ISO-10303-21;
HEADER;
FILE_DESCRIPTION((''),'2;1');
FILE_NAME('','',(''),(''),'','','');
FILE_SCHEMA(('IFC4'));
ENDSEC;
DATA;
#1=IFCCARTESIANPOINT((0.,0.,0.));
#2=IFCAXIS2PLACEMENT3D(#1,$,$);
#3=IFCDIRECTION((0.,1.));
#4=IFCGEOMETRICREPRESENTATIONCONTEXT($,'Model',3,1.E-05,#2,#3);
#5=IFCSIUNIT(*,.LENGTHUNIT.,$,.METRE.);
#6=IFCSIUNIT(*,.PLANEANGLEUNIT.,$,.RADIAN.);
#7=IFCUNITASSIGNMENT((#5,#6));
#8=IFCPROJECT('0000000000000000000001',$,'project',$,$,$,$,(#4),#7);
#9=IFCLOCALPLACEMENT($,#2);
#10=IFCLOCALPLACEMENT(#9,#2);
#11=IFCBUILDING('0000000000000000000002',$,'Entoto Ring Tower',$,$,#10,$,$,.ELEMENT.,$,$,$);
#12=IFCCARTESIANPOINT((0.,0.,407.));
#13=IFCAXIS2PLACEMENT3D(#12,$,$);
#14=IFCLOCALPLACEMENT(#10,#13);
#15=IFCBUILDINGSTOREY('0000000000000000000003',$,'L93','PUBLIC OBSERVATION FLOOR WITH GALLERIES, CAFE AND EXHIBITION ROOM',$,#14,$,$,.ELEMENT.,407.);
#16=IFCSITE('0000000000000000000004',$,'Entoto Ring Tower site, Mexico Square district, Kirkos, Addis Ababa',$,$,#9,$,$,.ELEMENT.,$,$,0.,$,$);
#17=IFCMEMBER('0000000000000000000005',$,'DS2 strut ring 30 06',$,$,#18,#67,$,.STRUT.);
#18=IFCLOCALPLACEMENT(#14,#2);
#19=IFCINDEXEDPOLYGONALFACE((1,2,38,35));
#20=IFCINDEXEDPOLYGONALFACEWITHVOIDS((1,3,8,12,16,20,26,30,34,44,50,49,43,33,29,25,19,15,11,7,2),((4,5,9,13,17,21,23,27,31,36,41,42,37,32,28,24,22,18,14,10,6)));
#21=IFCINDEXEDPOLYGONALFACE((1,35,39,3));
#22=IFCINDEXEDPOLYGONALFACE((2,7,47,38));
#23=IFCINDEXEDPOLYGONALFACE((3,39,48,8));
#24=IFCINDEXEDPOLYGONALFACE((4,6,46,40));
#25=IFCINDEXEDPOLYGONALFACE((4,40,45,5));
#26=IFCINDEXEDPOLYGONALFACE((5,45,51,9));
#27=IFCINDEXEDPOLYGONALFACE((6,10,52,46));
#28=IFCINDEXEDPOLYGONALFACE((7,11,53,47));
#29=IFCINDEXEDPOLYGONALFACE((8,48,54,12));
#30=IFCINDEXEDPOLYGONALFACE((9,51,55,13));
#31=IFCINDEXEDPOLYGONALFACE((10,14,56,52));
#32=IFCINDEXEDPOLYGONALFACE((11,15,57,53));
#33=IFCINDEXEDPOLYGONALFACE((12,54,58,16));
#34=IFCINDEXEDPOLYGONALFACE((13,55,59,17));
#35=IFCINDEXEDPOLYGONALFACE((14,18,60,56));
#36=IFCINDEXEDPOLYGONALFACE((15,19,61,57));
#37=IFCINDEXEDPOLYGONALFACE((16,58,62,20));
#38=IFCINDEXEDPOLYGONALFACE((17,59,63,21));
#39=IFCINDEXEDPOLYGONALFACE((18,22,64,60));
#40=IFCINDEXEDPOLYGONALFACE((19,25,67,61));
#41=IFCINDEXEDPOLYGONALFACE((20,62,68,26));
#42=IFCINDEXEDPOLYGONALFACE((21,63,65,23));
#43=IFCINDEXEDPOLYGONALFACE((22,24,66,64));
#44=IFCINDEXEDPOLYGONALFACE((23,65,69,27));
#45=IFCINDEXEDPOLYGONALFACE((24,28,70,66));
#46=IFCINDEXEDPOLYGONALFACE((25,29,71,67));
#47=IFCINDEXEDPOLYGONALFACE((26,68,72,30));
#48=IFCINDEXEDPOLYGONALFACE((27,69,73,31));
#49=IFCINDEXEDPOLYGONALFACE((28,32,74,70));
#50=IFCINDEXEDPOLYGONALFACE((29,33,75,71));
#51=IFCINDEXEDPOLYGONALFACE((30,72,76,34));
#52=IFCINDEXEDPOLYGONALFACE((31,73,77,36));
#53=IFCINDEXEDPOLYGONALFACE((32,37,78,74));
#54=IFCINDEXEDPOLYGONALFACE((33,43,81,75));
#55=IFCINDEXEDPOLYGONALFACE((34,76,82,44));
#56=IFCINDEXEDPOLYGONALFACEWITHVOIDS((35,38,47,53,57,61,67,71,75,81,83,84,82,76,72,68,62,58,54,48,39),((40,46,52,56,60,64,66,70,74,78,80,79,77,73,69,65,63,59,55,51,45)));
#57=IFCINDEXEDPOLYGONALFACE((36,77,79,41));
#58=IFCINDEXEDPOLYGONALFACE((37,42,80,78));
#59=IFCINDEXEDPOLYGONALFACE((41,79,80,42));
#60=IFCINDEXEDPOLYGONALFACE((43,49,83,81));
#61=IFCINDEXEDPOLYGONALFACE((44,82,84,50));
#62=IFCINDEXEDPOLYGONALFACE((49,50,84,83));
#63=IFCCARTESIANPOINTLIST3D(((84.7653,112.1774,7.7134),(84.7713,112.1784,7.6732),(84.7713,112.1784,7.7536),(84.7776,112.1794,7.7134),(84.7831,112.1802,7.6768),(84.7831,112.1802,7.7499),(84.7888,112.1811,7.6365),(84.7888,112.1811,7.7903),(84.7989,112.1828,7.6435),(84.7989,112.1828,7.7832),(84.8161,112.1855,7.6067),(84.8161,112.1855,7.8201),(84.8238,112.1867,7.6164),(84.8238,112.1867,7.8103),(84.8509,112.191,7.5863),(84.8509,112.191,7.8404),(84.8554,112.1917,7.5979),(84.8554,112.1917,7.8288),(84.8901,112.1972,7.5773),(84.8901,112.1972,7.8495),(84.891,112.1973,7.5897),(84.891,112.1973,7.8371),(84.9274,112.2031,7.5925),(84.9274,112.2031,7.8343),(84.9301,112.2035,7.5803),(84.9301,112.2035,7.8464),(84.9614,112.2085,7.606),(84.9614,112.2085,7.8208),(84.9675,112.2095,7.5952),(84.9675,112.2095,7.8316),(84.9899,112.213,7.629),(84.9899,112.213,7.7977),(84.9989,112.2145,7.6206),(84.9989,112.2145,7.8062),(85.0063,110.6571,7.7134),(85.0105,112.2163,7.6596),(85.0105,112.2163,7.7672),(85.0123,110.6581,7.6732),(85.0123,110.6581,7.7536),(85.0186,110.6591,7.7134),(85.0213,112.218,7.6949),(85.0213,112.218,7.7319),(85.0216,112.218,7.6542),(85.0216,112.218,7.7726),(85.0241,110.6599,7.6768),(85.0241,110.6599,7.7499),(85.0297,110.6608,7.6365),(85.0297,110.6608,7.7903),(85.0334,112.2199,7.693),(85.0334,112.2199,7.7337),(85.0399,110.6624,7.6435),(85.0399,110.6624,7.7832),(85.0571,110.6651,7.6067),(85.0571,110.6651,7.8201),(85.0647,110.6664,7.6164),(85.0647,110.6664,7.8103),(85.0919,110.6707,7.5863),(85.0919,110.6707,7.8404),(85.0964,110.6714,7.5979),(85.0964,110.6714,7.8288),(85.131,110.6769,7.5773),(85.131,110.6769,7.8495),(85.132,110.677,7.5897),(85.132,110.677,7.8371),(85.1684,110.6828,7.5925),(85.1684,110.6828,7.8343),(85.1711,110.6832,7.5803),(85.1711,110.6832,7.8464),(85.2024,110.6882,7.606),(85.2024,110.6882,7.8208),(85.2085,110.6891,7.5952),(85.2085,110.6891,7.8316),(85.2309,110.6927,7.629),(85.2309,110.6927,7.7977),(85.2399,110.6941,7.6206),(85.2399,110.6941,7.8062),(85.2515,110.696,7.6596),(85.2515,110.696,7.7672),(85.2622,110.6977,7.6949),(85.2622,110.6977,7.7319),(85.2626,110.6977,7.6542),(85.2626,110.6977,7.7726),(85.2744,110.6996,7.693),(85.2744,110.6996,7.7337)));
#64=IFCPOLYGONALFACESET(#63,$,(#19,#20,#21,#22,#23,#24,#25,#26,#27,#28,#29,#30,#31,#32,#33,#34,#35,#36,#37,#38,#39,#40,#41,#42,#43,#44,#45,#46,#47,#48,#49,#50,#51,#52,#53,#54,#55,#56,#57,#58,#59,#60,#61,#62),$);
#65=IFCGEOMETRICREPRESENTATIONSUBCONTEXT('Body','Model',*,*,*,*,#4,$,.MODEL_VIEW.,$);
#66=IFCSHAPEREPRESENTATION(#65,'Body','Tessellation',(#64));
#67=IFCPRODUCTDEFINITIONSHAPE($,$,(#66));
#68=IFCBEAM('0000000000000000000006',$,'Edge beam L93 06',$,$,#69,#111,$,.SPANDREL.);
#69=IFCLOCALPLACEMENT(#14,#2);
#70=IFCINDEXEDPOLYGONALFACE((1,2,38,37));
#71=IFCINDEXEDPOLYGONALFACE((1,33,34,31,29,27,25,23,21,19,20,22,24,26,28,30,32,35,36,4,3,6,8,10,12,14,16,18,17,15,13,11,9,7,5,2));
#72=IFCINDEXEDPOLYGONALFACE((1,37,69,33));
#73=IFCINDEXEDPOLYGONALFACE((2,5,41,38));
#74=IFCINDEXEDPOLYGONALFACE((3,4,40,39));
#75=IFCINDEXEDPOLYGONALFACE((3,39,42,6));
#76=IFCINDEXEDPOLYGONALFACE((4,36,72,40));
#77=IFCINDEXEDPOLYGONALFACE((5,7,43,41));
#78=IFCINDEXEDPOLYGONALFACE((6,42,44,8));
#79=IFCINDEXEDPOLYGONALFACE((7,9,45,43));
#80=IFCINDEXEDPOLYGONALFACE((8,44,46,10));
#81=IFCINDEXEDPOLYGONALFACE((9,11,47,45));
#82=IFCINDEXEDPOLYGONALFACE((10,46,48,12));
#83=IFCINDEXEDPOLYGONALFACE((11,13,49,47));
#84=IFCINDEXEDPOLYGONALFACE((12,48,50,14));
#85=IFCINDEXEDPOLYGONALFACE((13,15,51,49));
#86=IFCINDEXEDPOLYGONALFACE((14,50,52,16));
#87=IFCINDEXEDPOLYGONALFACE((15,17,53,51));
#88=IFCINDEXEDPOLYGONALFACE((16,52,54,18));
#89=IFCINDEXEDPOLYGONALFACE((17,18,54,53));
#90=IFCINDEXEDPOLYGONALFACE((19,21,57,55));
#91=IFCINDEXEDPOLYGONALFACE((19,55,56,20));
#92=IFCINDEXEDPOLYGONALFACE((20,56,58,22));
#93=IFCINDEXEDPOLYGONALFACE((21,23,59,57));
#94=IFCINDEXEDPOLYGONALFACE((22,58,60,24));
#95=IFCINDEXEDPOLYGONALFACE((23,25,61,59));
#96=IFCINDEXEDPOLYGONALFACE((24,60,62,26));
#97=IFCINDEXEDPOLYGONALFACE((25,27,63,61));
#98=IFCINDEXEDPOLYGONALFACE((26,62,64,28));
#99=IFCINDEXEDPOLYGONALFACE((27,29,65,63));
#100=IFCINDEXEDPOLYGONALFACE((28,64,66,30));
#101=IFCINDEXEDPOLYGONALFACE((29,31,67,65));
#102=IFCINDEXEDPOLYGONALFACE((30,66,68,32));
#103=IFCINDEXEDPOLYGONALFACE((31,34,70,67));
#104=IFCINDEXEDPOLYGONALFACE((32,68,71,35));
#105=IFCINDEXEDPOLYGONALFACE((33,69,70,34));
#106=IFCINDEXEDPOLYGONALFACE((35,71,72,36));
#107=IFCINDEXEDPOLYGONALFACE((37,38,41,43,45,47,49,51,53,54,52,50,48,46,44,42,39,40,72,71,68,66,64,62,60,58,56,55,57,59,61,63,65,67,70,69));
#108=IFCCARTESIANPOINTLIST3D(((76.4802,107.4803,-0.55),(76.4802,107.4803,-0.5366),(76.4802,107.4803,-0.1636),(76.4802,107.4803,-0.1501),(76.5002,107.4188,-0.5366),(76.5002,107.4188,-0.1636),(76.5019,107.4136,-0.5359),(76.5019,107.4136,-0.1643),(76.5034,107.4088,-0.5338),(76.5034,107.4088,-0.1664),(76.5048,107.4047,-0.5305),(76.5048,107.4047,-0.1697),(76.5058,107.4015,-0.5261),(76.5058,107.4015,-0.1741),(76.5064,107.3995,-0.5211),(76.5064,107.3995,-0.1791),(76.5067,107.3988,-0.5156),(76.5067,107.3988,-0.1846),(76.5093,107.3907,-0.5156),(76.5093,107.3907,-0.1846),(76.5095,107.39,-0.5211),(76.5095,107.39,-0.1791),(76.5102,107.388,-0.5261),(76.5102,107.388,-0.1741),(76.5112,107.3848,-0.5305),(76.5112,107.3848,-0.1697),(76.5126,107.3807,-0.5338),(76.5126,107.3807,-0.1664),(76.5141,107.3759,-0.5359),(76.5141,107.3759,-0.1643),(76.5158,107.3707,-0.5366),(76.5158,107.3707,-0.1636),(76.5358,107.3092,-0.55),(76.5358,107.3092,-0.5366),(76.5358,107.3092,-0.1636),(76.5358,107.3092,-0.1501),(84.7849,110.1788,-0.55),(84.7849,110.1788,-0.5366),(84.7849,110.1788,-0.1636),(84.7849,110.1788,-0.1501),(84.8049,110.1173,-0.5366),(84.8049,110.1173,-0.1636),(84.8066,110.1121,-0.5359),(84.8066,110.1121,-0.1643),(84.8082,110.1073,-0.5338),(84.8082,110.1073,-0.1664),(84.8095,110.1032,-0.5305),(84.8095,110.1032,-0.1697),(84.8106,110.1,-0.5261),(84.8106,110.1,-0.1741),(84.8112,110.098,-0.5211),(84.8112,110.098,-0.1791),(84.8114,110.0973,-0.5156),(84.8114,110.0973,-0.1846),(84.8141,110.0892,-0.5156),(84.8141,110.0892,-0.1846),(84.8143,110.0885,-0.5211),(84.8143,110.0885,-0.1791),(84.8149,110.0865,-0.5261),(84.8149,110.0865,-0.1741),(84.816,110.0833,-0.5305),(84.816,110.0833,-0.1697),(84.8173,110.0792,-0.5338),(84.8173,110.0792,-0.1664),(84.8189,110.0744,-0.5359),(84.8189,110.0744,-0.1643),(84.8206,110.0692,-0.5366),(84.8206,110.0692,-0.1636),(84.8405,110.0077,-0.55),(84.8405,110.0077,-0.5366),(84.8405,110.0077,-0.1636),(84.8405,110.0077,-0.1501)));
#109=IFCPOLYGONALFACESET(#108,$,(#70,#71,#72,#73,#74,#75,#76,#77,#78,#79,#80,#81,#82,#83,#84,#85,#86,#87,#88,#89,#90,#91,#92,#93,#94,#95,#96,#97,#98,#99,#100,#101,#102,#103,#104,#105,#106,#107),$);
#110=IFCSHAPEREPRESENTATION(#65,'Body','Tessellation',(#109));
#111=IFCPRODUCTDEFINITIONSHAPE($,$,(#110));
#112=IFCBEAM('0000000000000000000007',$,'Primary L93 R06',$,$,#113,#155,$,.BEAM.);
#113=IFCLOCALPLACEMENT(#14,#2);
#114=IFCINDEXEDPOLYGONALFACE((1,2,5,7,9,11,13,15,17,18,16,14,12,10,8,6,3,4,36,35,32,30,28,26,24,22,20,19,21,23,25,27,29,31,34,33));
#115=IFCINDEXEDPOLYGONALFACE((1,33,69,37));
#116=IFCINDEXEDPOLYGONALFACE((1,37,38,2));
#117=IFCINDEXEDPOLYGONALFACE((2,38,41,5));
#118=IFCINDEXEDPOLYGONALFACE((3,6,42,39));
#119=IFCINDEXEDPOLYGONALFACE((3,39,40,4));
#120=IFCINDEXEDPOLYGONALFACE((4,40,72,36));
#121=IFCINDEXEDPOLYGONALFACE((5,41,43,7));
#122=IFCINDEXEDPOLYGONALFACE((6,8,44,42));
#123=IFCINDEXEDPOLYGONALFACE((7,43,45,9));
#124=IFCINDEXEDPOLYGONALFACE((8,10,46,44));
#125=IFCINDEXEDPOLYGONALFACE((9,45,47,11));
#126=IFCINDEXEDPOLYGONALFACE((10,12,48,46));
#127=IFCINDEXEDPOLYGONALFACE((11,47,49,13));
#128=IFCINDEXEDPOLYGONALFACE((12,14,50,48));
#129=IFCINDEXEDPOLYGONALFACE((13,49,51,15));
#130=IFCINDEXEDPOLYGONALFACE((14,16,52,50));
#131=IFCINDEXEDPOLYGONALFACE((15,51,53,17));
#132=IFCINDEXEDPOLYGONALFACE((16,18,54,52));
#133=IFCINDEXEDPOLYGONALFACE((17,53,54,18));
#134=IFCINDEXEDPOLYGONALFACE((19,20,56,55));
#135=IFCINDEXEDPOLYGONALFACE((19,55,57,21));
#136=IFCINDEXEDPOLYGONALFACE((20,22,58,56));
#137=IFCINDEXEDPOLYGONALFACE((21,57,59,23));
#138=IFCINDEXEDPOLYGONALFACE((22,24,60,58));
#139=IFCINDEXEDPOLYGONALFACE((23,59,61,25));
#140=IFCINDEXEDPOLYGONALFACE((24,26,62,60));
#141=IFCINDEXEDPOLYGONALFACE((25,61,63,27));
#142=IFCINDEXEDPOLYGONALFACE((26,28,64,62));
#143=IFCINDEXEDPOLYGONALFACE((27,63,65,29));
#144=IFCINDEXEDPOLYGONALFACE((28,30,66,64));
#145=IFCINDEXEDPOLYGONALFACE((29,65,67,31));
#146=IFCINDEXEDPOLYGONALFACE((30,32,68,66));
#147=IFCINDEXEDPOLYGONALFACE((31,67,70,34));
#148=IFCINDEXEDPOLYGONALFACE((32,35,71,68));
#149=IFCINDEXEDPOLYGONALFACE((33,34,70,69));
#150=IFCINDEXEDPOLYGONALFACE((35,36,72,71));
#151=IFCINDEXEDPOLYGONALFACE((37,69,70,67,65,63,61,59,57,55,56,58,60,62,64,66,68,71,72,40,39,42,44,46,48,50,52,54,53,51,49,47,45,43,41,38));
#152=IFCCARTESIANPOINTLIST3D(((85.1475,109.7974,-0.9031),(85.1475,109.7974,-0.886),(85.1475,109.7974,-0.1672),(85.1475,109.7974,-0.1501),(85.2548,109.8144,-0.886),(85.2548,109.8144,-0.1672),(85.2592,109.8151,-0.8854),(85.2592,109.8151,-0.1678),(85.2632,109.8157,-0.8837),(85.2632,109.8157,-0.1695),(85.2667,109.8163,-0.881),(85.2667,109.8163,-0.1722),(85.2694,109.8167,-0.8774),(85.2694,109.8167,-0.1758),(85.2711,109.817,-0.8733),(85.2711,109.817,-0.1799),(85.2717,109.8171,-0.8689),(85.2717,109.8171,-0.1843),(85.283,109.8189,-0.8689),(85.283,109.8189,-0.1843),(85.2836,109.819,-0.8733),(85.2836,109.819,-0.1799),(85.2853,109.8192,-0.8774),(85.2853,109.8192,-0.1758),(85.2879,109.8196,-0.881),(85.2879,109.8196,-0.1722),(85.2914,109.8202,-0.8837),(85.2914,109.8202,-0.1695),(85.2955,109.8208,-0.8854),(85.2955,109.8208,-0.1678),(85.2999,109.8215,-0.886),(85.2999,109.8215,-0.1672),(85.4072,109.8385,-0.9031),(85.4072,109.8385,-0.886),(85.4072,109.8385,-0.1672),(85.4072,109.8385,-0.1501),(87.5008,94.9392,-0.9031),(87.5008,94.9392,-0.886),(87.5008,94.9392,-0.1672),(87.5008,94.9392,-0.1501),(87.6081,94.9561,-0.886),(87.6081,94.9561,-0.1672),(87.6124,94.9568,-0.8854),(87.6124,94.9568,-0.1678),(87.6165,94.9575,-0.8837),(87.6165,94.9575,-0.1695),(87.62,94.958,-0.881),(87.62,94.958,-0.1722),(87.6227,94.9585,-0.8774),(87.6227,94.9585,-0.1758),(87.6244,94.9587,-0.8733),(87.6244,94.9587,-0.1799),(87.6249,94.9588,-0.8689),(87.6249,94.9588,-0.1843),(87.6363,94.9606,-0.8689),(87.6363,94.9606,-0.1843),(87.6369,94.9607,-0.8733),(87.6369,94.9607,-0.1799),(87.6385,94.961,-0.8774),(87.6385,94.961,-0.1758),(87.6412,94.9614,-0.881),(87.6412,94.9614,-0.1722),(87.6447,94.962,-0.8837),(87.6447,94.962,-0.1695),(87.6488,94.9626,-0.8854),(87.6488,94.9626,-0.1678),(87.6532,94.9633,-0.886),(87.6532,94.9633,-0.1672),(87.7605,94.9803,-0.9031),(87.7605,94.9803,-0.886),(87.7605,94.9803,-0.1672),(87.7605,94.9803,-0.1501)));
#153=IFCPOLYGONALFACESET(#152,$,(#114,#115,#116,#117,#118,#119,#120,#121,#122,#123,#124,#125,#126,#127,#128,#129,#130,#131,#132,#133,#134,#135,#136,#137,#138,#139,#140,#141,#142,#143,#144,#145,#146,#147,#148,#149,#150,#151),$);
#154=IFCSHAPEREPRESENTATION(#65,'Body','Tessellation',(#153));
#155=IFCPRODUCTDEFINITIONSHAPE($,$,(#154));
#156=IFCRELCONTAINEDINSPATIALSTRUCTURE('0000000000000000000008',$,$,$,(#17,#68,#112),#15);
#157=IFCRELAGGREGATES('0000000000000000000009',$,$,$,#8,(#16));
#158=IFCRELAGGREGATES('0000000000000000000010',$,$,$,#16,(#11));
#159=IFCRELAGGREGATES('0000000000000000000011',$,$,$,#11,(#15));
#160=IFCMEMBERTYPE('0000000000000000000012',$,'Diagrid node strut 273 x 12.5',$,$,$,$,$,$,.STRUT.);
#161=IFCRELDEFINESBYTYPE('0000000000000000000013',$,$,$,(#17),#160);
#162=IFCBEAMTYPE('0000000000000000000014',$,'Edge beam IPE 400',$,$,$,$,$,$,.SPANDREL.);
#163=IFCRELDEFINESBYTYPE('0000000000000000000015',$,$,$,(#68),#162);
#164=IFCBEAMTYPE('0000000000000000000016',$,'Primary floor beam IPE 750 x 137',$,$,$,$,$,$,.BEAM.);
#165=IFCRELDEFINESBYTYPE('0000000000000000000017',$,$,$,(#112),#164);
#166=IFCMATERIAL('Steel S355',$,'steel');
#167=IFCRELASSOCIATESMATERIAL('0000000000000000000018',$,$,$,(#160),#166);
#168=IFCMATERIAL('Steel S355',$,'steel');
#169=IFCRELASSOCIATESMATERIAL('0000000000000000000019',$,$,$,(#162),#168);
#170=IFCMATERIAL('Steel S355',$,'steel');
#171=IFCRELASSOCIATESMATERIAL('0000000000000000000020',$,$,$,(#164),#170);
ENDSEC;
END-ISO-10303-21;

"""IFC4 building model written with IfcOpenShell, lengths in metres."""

from ifc_helpers import new_model, si_unit, direction, frame, origin, origin_2d, place, context, subcontext, project, spatial, circle, hollow_circle, i_section, extrude, material, material_profile, profile_set, type_object, element, save


model = new_model("IFC4")

# Units and contexts
model_context = context("Model", 3, precision=1e-05, world=origin(), true_north=direction((0.0, 1.0)))
body_context = subcontext(model_context, "Body", "Model", "MODEL_VIEW")
ifc_project = project(units=[si_unit("LENGTHUNIT", "METRE"), si_unit("PLANEANGLEUNIT", "RADIAN")], contexts=[model_context])

# Site, building, storey
site_placement = place(None, origin())
site = spatial("IfcSite", under=ifc_project, at=site_placement, Name="Entoto Ring Tower site, Mexico Square district, Kirkos, Addis Ababa", CompositionType="ELEMENT", RefElevation=0.0)
building_placement = place(site_placement, origin())
building = spatial("IfcBuilding", under=site, at=building_placement, Name="Entoto Ring Tower", CompositionType="ELEMENT")
storey_placement = place(building_placement, frame((0.0, 0.0, 407.0)))
storey = spatial("IfcBuildingStorey", under=building, at=storey_placement, Name="L93", Description="PUBLIC OBSERVATION FLOOR WITH GALLERIES, CAFE AND EXHIBITION ROOM", CompositionType="ELEMENT", Elevation=407.0)

# Member
ifc_material_1 = material(Name="Steel S355", Category="steel")
ifc_material_profile_1 = material_profile(ifc_material_1, hollow_circle(Radius=0.1365, WallThickness=0.0125, at=origin_2d()), Name="CHS 273 x 12.5")
ifc_material_2 = material(Name="Concrete C60/75", Category="concrete")
ifc_material_profile_2 = material_profile(ifc_material_2, circle(Radius=0.124, at=origin_2d()), Name="Concrete C60/75 infill")
ifc_profile_set_1 = profile_set([ifc_material_profile_1, ifc_material_profile_2], Name="Steel S355")
member_type = type_object("IfcMemberType", Name="Diagrid node strut 273 x 12.5", PredefinedType="STRUT", material=ifc_profile_set_1)
member_placement = place(storey_placement, frame((85.1411, 110.6785, 7.7134), z_axis=(-0.156549, 0.98767, 0.0), x_axis=(-0.98767, -0.156549, 0.0)))
element("IfcMember", 1, at=member_placement, inside=storey, type_object=member_type, Name="DS2 strut ring 30 06", PredefinedType="STRUT", context=body_context, shape_type="SweptSolid", body=[
    extrude(hollow_circle(Radius=0.1365, WallThickness=0.0125, at=origin_2d()), origin(), (0.0, 0.0, 1.0), 1.5393),
])

# Beams
ifc_material_3 = material(Name="Steel S355", Category="steel")
ifc_material_profile_3 = material_profile(ifc_material_3, i_section(OverallWidth=0.1799, OverallDepth=0.3999, WebThickness=0.0085, FlangeThickness=0.0134, FilletRadius=0.021, at=origin_2d()), Name="IPE 400")
ifc_profile_set_2 = profile_set([ifc_material_profile_3], Name="Steel S355")
beam_type_1 = type_object("IfcBeamType", Name="Edge beam IPE 400", PredefinedType="SPANDREL", material=ifc_profile_set_2)
beam_1_placement = place(storey_placement, frame((84.8127, 110.0933, -0.3501), z_axis=(-0.951052, -0.30903, 0.0), x_axis=(0.30903, -0.951052, 0.0)))
element("IfcBeam", 2, at=beam_1_placement, inside=storey, type_object=beam_type_1, Name="Edge beam L93 06", PredefinedType="SPANDREL", context=body_context, shape_type="SweptSolid", body=[
    extrude(i_section(OverallWidth=0.1799, OverallDepth=0.3999, WebThickness=0.0085, FlangeThickness=0.0134, FilletRadius=0.021, at=origin_2d()), origin(), (0.0, 0.0, 1.0), 8.7322),
])
ifc_material_4 = material(Name="Steel S355", Category="steel")
ifc_material_profile_4 = material_profile(ifc_material_4, i_section(OverallWidth=0.2629, OverallDepth=0.7529, WebThickness=0.0115, FlangeThickness=0.0171, FilletRadius=0.0171, at=origin_2d()), Name="IPE 750 x 137")
ifc_profile_set_3 = profile_set([ifc_material_profile_4], Name="Steel S355")
beam_type_2 = type_object("IfcBeamType", Name="Primary floor beam IPE 750 x 137", PredefinedType="BEAM", material=ifc_profile_set_3)
beam_2_placement = place(storey_placement, frame((87.6306, 94.9597, -0.5266), z_axis=(-0.156433, 0.987689, 0.0), x_axis=(-0.987689, -0.156433, 0.0)))
element("IfcBeam", 3, at=beam_2_placement, inside=storey, type_object=beam_type_2, Name="Primary L93 R06", PredefinedType="BEAM", context=body_context, shape_type="SweptSolid", body=[
    extrude(i_section(OverallWidth=0.2629, OverallDepth=0.7529, WebThickness=0.0115, FlangeThickness=0.0171, FilletRadius=0.0171, at=origin_2d()), origin(), (0.0, 0.0, 1.0), 15.0435),
])

save(model, "model.ifc")
